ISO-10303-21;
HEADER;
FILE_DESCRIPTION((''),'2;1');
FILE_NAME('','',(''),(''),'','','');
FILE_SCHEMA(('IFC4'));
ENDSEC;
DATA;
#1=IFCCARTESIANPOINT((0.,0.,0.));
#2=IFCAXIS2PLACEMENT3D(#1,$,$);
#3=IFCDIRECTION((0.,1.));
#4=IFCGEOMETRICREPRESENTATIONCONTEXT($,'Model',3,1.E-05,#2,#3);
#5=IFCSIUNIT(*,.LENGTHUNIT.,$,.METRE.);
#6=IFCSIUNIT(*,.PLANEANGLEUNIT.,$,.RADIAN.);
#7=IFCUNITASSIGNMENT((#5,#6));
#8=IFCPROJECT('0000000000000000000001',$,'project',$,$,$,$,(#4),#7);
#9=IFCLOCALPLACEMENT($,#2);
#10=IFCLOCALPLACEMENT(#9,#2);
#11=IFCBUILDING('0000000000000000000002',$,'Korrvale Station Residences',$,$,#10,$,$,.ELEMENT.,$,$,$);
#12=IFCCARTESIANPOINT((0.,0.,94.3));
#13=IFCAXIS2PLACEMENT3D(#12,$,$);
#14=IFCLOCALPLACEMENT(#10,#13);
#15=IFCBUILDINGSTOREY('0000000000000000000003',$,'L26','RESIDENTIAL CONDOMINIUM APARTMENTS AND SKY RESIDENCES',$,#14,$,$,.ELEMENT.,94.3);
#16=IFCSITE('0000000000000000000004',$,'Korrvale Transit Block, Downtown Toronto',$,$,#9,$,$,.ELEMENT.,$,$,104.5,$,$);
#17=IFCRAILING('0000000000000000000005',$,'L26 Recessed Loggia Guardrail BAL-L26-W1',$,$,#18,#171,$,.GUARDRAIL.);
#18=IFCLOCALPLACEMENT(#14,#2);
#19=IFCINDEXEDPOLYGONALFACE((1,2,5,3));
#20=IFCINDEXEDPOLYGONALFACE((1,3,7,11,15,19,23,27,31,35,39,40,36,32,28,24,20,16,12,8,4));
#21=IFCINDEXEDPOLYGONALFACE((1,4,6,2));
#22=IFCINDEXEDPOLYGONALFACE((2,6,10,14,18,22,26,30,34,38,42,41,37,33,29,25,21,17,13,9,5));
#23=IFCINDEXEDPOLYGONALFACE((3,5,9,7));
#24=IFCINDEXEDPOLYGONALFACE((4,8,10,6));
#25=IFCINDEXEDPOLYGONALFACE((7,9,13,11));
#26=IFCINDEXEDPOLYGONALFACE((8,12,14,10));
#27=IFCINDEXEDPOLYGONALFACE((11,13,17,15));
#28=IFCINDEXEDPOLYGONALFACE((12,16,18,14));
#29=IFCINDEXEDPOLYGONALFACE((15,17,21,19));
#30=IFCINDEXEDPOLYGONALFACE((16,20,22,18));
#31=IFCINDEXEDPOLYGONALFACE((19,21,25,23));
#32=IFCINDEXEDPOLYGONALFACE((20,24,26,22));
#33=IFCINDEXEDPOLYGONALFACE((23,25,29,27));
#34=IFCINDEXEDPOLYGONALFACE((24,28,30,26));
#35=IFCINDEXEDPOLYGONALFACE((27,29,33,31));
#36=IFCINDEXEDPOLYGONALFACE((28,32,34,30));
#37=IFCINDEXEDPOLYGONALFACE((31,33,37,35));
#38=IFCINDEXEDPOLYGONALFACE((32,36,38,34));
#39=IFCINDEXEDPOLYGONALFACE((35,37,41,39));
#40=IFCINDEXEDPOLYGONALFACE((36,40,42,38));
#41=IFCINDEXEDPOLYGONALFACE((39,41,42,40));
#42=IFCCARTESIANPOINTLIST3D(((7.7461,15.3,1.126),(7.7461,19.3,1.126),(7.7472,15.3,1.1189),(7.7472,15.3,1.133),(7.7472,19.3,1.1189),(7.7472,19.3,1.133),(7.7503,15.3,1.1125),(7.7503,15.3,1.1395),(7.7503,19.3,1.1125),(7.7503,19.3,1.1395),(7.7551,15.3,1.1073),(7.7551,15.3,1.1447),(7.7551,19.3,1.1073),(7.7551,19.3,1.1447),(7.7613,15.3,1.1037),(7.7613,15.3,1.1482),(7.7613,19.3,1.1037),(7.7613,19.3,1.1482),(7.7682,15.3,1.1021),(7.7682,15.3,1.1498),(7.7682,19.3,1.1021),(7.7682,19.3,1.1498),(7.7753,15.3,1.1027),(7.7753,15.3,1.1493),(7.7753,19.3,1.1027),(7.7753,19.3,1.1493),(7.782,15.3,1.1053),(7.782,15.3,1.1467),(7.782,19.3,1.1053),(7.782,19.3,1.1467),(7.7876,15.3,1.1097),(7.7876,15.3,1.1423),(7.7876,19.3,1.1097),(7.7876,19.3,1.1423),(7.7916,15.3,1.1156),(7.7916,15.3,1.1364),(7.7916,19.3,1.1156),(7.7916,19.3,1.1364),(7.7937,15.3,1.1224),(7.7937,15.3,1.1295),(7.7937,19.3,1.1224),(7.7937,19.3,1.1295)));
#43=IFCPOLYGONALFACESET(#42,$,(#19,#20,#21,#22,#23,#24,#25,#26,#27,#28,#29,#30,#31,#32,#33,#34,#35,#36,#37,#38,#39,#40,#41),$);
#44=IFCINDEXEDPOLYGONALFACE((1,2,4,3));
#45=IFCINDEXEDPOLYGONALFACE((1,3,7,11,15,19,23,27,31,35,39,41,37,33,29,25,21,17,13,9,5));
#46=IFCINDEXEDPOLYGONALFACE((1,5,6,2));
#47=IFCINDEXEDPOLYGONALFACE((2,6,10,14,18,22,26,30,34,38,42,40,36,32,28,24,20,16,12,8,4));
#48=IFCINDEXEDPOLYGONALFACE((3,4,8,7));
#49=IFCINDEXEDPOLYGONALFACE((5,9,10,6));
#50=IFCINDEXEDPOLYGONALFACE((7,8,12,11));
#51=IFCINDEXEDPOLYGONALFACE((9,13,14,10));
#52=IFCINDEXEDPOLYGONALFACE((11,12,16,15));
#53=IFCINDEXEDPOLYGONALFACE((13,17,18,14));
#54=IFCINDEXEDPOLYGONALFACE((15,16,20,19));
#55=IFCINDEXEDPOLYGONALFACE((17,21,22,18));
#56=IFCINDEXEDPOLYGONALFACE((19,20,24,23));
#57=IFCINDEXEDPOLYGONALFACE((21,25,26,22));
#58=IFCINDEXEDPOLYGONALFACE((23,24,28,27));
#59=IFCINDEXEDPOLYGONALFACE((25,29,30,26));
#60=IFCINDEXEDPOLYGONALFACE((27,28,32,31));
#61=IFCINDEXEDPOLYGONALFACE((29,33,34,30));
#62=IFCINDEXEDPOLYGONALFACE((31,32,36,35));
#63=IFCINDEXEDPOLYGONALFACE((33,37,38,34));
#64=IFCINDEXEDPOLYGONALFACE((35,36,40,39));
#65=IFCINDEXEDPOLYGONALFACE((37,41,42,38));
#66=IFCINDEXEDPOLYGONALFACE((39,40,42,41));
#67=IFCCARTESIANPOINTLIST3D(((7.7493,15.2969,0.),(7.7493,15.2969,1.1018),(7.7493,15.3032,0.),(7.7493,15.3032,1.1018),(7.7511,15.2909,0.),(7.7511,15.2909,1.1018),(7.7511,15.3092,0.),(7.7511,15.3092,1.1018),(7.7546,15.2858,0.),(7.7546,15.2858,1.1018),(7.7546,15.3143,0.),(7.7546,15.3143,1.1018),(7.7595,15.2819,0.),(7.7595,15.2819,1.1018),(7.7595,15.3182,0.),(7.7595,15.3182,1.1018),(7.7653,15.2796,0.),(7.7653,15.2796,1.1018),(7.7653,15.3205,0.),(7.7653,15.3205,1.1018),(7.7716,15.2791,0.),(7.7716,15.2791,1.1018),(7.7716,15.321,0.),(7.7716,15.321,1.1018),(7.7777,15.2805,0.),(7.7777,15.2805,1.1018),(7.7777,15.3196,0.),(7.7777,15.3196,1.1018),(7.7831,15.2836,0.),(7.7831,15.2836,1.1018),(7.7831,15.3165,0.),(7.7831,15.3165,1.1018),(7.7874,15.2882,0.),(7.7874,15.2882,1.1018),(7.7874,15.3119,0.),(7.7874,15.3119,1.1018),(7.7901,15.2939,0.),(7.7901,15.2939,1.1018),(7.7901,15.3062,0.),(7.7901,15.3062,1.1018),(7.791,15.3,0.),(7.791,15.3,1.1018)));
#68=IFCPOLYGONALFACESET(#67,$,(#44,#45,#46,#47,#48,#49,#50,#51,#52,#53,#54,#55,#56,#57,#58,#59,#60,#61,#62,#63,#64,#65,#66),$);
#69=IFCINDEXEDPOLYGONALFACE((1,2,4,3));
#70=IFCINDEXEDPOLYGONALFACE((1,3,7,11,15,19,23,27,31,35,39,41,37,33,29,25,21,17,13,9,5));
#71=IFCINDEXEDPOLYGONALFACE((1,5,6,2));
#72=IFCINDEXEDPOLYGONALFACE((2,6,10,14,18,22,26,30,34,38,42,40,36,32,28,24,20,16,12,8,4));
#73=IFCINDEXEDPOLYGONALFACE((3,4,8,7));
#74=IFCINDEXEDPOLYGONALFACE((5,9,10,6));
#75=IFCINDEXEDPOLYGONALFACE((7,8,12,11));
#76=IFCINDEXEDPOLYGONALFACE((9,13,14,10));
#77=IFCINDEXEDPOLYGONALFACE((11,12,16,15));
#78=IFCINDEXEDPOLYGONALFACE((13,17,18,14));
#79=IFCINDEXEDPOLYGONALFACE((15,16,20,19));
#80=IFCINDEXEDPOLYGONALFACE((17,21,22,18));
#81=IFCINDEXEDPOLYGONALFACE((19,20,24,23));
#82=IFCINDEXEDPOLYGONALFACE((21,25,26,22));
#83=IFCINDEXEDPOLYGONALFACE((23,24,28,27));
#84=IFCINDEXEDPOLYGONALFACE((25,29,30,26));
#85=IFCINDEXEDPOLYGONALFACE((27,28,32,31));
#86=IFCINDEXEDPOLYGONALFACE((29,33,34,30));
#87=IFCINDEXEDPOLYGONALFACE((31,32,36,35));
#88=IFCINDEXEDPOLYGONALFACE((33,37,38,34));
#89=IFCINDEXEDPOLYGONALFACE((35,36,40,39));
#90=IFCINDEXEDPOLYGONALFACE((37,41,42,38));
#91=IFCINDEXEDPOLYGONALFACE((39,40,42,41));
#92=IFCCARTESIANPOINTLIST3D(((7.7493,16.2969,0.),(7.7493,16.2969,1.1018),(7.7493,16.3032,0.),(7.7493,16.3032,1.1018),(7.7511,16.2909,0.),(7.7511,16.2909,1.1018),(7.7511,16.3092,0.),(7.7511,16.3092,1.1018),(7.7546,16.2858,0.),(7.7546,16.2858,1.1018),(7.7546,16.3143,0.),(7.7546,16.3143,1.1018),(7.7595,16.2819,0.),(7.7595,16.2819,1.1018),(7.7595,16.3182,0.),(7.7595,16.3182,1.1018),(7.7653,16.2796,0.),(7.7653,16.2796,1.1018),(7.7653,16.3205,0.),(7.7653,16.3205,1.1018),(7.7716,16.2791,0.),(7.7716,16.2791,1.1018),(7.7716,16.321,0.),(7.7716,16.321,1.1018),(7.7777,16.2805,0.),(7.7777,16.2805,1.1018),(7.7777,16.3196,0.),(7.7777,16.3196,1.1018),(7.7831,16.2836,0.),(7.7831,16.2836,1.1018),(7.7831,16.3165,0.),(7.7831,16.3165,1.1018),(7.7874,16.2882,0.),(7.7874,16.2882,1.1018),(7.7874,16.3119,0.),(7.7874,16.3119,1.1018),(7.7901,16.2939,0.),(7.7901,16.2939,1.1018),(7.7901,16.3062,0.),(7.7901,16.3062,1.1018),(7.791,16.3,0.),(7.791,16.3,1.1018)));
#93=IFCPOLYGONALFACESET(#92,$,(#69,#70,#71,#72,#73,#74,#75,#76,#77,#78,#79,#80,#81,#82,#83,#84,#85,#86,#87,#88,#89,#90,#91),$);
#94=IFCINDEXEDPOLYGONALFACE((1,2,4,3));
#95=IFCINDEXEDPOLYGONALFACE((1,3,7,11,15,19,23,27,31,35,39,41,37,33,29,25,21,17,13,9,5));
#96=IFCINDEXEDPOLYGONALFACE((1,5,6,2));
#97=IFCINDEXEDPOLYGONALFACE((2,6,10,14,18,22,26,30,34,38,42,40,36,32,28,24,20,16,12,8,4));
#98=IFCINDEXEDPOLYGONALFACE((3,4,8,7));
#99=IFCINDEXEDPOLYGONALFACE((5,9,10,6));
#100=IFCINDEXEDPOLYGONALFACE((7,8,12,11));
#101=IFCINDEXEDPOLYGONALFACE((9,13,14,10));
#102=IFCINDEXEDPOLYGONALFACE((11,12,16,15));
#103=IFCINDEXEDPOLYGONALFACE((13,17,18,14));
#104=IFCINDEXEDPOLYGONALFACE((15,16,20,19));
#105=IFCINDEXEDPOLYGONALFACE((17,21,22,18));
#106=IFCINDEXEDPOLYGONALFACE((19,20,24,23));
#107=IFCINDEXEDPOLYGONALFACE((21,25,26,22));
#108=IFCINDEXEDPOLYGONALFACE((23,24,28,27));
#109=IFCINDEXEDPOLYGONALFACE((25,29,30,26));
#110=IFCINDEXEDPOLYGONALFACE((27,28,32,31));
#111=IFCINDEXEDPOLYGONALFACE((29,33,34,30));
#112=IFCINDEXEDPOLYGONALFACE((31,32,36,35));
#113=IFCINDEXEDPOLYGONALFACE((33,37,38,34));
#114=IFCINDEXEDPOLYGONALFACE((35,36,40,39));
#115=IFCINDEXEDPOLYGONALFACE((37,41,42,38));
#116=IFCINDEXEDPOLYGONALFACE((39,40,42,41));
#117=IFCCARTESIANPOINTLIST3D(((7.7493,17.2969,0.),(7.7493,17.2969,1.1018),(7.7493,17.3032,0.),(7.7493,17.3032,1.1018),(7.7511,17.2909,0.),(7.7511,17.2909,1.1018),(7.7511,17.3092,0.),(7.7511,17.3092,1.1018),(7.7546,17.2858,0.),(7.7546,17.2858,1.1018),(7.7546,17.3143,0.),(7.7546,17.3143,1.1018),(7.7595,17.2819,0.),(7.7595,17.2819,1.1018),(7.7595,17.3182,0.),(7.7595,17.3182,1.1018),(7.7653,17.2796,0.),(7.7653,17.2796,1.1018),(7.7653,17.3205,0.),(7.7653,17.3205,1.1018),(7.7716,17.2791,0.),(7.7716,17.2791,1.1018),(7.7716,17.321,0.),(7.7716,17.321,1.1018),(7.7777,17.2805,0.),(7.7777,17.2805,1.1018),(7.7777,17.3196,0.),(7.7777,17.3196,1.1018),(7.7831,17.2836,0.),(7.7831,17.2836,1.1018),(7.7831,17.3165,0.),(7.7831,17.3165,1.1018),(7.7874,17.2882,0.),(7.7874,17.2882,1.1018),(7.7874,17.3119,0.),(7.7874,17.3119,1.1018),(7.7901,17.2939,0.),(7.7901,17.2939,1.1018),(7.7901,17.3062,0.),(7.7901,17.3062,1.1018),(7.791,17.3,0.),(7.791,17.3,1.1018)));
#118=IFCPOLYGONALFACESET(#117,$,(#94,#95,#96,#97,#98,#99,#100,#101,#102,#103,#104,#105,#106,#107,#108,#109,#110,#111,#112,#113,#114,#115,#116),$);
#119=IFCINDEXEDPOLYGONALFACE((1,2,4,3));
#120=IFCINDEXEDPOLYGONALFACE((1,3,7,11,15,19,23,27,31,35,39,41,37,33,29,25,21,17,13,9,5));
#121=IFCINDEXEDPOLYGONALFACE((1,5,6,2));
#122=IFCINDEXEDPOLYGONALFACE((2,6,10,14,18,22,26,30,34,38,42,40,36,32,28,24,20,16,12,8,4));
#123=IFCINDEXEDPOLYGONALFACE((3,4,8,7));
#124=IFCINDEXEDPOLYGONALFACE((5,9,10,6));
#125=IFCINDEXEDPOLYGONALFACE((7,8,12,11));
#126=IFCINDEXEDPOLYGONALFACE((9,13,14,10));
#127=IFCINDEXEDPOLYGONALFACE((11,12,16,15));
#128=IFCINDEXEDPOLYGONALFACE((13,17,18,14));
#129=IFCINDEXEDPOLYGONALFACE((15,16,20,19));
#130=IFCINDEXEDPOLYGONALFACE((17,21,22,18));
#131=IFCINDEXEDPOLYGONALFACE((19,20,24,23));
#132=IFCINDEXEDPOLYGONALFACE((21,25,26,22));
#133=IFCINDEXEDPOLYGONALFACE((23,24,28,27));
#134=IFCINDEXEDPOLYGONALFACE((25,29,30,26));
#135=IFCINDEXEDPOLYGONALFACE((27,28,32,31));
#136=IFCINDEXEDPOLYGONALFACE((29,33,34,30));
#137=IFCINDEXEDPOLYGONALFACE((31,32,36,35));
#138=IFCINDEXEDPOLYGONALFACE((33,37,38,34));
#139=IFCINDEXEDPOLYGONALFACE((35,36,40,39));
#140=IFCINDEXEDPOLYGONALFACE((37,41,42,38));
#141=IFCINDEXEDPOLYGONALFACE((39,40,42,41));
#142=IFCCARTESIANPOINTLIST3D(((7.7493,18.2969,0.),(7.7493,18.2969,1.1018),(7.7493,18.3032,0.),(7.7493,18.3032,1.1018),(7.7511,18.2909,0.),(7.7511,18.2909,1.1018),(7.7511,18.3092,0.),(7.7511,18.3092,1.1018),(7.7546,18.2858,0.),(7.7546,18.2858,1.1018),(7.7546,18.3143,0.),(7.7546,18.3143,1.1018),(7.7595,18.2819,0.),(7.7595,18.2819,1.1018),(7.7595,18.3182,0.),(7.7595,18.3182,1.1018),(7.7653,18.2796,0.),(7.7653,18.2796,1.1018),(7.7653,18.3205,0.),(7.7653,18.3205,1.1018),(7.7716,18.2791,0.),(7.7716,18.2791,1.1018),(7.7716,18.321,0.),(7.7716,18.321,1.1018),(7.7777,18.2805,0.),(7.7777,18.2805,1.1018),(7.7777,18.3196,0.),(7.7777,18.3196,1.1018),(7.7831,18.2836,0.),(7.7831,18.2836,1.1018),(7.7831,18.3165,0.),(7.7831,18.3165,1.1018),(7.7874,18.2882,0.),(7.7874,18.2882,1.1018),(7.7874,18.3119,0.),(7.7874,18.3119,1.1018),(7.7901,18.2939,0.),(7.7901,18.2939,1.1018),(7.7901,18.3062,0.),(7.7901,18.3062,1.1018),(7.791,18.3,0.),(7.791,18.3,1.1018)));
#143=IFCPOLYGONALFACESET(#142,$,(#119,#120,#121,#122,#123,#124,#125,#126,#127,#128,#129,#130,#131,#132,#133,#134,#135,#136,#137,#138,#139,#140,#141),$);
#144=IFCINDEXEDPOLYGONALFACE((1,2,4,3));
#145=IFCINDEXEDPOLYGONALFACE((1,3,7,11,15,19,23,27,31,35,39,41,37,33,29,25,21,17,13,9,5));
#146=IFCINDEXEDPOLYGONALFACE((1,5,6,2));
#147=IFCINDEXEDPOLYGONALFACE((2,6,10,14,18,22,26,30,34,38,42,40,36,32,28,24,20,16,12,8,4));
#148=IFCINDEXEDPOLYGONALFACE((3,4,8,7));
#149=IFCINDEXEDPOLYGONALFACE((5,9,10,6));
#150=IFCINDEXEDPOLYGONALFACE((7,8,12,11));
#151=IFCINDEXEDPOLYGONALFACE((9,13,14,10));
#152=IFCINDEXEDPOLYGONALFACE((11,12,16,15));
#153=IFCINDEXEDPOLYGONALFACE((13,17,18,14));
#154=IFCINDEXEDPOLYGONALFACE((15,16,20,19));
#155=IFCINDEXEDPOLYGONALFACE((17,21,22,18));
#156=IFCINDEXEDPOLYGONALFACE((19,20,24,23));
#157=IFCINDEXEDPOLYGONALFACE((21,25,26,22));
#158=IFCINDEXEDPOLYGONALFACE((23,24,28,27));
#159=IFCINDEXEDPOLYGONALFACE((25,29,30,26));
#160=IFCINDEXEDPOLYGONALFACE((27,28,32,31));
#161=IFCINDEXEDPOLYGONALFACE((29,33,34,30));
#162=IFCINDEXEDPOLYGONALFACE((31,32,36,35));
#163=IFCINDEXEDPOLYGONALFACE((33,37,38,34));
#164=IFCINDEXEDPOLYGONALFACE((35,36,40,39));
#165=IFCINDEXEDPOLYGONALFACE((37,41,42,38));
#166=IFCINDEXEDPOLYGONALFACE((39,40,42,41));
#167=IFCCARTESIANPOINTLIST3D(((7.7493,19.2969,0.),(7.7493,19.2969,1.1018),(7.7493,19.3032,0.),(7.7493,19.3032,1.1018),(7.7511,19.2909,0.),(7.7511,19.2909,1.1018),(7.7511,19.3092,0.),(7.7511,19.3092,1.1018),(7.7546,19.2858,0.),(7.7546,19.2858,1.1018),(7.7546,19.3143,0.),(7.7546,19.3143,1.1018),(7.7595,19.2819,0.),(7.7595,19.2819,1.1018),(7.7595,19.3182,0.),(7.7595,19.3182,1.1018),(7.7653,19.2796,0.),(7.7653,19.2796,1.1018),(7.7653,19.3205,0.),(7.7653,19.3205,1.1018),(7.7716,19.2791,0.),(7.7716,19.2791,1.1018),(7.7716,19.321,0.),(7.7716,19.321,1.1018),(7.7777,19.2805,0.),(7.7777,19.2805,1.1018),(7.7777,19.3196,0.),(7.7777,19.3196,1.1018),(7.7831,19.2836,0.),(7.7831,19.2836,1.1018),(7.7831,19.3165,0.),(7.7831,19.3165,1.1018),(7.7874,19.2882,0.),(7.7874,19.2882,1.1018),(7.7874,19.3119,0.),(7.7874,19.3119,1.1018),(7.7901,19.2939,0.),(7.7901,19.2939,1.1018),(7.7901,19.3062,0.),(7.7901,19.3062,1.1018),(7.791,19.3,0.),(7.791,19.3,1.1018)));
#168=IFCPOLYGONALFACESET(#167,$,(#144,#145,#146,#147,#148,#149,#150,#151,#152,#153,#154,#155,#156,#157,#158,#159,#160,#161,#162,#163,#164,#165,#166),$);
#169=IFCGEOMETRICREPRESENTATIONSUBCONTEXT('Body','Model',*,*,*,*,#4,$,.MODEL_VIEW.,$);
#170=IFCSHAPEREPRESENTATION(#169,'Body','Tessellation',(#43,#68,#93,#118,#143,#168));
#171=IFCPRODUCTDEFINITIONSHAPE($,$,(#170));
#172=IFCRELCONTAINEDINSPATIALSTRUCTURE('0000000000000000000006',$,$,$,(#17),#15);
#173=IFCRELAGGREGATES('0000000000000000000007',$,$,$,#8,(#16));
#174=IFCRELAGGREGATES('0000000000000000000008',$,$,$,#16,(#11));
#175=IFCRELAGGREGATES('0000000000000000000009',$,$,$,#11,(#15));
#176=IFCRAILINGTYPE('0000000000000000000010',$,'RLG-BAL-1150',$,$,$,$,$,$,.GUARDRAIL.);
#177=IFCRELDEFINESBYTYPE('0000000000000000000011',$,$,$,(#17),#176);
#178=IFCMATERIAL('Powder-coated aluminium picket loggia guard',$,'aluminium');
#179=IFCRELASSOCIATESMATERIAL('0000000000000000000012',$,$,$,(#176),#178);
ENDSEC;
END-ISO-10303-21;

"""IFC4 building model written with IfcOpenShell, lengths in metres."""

from ifc_helpers import new_model, si_unit, direction, frame, origin, origin_2d, place, context, subcontext, project, spatial, circle, extrude, material, type_object, element, save


model = new_model("IFC4")

# Units and contexts
model_context = context("Model", 3, precision=1e-05, world=origin(), true_north=direction((0.0, 1.0)))
body_context = subcontext(model_context, "Body", "Model", "MODEL_VIEW")
ifc_project = project(units=[si_unit("LENGTHUNIT", "METRE"), si_unit("PLANEANGLEUNIT", "RADIAN")], contexts=[model_context])

# Site, building, storey
site_placement = place(None, origin())
site = spatial("IfcSite", under=ifc_project, at=site_placement, Name="Korrvale Transit Block, Downtown Toronto", CompositionType="ELEMENT", RefElevation=104.5)
building_placement = place(site_placement, origin())
building = spatial("IfcBuilding", under=site, at=building_placement, Name="Korrvale Station Residences", CompositionType="ELEMENT")
storey_placement = place(building_placement, frame((0.0, 0.0, 94.3)))
storey = spatial("IfcBuildingStorey", under=building, at=storey_placement, Name="L26", Description="RESIDENTIAL CONDOMINIUM APARTMENTS AND SKY RESIDENCES", CompositionType="ELEMENT", Elevation=94.3)

# Railing
ifc_material_1 = material(Name="Powder-coated aluminium picket loggia guard", Category="aluminium")
railing_type = type_object("IfcRailingType", Name="RLG-BAL-1150", PredefinedType="GUARDRAIL", material=ifc_material_1)
railing_placement = place(storey_placement, frame((7.77, 15.3, 0.0)))
element("IfcRailing", 1, at=railing_placement, inside=storey, type_object=railing_type, Name="L26 Recessed Loggia Guardrail BAL-L26-W1", PredefinedType="GUARDRAIL", context=body_context, shape_type="SweptSolid", body=[
    extrude(circle(Radius=0.0239, at=origin_2d()), frame((0.0, 0.0, 1.126), z_axis=(0.0, 1.0, 0.0), x_axis=(-1.0, 0.0, 0.0)), (0.0, 0.0, 1.0), 4.0),
    extrude(circle(Radius=0.021, at=origin_2d()), origin(), (0.0, 0.0, 1.0), 1.1018),
    extrude(circle(Radius=0.021, at=origin_2d()), frame((0.0, 1.0, 0.0)), (0.0, 0.0, 1.0), 1.1018),
    extrude(circle(Radius=0.021, at=origin_2d()), frame((0.0, 2.0, 0.0)), (0.0, 0.0, 1.0), 1.1018),
    extrude(circle(Radius=0.021, at=origin_2d()), frame((0.0, 3.0, 0.0)), (0.0, 0.0, 1.0), 1.1018),
    extrude(circle(Radius=0.021, at=origin_2d()), frame((0.0, 4.0, 0.0)), (0.0, 0.0, 1.0), 1.1018),
])

save(model, "model.ifc")
